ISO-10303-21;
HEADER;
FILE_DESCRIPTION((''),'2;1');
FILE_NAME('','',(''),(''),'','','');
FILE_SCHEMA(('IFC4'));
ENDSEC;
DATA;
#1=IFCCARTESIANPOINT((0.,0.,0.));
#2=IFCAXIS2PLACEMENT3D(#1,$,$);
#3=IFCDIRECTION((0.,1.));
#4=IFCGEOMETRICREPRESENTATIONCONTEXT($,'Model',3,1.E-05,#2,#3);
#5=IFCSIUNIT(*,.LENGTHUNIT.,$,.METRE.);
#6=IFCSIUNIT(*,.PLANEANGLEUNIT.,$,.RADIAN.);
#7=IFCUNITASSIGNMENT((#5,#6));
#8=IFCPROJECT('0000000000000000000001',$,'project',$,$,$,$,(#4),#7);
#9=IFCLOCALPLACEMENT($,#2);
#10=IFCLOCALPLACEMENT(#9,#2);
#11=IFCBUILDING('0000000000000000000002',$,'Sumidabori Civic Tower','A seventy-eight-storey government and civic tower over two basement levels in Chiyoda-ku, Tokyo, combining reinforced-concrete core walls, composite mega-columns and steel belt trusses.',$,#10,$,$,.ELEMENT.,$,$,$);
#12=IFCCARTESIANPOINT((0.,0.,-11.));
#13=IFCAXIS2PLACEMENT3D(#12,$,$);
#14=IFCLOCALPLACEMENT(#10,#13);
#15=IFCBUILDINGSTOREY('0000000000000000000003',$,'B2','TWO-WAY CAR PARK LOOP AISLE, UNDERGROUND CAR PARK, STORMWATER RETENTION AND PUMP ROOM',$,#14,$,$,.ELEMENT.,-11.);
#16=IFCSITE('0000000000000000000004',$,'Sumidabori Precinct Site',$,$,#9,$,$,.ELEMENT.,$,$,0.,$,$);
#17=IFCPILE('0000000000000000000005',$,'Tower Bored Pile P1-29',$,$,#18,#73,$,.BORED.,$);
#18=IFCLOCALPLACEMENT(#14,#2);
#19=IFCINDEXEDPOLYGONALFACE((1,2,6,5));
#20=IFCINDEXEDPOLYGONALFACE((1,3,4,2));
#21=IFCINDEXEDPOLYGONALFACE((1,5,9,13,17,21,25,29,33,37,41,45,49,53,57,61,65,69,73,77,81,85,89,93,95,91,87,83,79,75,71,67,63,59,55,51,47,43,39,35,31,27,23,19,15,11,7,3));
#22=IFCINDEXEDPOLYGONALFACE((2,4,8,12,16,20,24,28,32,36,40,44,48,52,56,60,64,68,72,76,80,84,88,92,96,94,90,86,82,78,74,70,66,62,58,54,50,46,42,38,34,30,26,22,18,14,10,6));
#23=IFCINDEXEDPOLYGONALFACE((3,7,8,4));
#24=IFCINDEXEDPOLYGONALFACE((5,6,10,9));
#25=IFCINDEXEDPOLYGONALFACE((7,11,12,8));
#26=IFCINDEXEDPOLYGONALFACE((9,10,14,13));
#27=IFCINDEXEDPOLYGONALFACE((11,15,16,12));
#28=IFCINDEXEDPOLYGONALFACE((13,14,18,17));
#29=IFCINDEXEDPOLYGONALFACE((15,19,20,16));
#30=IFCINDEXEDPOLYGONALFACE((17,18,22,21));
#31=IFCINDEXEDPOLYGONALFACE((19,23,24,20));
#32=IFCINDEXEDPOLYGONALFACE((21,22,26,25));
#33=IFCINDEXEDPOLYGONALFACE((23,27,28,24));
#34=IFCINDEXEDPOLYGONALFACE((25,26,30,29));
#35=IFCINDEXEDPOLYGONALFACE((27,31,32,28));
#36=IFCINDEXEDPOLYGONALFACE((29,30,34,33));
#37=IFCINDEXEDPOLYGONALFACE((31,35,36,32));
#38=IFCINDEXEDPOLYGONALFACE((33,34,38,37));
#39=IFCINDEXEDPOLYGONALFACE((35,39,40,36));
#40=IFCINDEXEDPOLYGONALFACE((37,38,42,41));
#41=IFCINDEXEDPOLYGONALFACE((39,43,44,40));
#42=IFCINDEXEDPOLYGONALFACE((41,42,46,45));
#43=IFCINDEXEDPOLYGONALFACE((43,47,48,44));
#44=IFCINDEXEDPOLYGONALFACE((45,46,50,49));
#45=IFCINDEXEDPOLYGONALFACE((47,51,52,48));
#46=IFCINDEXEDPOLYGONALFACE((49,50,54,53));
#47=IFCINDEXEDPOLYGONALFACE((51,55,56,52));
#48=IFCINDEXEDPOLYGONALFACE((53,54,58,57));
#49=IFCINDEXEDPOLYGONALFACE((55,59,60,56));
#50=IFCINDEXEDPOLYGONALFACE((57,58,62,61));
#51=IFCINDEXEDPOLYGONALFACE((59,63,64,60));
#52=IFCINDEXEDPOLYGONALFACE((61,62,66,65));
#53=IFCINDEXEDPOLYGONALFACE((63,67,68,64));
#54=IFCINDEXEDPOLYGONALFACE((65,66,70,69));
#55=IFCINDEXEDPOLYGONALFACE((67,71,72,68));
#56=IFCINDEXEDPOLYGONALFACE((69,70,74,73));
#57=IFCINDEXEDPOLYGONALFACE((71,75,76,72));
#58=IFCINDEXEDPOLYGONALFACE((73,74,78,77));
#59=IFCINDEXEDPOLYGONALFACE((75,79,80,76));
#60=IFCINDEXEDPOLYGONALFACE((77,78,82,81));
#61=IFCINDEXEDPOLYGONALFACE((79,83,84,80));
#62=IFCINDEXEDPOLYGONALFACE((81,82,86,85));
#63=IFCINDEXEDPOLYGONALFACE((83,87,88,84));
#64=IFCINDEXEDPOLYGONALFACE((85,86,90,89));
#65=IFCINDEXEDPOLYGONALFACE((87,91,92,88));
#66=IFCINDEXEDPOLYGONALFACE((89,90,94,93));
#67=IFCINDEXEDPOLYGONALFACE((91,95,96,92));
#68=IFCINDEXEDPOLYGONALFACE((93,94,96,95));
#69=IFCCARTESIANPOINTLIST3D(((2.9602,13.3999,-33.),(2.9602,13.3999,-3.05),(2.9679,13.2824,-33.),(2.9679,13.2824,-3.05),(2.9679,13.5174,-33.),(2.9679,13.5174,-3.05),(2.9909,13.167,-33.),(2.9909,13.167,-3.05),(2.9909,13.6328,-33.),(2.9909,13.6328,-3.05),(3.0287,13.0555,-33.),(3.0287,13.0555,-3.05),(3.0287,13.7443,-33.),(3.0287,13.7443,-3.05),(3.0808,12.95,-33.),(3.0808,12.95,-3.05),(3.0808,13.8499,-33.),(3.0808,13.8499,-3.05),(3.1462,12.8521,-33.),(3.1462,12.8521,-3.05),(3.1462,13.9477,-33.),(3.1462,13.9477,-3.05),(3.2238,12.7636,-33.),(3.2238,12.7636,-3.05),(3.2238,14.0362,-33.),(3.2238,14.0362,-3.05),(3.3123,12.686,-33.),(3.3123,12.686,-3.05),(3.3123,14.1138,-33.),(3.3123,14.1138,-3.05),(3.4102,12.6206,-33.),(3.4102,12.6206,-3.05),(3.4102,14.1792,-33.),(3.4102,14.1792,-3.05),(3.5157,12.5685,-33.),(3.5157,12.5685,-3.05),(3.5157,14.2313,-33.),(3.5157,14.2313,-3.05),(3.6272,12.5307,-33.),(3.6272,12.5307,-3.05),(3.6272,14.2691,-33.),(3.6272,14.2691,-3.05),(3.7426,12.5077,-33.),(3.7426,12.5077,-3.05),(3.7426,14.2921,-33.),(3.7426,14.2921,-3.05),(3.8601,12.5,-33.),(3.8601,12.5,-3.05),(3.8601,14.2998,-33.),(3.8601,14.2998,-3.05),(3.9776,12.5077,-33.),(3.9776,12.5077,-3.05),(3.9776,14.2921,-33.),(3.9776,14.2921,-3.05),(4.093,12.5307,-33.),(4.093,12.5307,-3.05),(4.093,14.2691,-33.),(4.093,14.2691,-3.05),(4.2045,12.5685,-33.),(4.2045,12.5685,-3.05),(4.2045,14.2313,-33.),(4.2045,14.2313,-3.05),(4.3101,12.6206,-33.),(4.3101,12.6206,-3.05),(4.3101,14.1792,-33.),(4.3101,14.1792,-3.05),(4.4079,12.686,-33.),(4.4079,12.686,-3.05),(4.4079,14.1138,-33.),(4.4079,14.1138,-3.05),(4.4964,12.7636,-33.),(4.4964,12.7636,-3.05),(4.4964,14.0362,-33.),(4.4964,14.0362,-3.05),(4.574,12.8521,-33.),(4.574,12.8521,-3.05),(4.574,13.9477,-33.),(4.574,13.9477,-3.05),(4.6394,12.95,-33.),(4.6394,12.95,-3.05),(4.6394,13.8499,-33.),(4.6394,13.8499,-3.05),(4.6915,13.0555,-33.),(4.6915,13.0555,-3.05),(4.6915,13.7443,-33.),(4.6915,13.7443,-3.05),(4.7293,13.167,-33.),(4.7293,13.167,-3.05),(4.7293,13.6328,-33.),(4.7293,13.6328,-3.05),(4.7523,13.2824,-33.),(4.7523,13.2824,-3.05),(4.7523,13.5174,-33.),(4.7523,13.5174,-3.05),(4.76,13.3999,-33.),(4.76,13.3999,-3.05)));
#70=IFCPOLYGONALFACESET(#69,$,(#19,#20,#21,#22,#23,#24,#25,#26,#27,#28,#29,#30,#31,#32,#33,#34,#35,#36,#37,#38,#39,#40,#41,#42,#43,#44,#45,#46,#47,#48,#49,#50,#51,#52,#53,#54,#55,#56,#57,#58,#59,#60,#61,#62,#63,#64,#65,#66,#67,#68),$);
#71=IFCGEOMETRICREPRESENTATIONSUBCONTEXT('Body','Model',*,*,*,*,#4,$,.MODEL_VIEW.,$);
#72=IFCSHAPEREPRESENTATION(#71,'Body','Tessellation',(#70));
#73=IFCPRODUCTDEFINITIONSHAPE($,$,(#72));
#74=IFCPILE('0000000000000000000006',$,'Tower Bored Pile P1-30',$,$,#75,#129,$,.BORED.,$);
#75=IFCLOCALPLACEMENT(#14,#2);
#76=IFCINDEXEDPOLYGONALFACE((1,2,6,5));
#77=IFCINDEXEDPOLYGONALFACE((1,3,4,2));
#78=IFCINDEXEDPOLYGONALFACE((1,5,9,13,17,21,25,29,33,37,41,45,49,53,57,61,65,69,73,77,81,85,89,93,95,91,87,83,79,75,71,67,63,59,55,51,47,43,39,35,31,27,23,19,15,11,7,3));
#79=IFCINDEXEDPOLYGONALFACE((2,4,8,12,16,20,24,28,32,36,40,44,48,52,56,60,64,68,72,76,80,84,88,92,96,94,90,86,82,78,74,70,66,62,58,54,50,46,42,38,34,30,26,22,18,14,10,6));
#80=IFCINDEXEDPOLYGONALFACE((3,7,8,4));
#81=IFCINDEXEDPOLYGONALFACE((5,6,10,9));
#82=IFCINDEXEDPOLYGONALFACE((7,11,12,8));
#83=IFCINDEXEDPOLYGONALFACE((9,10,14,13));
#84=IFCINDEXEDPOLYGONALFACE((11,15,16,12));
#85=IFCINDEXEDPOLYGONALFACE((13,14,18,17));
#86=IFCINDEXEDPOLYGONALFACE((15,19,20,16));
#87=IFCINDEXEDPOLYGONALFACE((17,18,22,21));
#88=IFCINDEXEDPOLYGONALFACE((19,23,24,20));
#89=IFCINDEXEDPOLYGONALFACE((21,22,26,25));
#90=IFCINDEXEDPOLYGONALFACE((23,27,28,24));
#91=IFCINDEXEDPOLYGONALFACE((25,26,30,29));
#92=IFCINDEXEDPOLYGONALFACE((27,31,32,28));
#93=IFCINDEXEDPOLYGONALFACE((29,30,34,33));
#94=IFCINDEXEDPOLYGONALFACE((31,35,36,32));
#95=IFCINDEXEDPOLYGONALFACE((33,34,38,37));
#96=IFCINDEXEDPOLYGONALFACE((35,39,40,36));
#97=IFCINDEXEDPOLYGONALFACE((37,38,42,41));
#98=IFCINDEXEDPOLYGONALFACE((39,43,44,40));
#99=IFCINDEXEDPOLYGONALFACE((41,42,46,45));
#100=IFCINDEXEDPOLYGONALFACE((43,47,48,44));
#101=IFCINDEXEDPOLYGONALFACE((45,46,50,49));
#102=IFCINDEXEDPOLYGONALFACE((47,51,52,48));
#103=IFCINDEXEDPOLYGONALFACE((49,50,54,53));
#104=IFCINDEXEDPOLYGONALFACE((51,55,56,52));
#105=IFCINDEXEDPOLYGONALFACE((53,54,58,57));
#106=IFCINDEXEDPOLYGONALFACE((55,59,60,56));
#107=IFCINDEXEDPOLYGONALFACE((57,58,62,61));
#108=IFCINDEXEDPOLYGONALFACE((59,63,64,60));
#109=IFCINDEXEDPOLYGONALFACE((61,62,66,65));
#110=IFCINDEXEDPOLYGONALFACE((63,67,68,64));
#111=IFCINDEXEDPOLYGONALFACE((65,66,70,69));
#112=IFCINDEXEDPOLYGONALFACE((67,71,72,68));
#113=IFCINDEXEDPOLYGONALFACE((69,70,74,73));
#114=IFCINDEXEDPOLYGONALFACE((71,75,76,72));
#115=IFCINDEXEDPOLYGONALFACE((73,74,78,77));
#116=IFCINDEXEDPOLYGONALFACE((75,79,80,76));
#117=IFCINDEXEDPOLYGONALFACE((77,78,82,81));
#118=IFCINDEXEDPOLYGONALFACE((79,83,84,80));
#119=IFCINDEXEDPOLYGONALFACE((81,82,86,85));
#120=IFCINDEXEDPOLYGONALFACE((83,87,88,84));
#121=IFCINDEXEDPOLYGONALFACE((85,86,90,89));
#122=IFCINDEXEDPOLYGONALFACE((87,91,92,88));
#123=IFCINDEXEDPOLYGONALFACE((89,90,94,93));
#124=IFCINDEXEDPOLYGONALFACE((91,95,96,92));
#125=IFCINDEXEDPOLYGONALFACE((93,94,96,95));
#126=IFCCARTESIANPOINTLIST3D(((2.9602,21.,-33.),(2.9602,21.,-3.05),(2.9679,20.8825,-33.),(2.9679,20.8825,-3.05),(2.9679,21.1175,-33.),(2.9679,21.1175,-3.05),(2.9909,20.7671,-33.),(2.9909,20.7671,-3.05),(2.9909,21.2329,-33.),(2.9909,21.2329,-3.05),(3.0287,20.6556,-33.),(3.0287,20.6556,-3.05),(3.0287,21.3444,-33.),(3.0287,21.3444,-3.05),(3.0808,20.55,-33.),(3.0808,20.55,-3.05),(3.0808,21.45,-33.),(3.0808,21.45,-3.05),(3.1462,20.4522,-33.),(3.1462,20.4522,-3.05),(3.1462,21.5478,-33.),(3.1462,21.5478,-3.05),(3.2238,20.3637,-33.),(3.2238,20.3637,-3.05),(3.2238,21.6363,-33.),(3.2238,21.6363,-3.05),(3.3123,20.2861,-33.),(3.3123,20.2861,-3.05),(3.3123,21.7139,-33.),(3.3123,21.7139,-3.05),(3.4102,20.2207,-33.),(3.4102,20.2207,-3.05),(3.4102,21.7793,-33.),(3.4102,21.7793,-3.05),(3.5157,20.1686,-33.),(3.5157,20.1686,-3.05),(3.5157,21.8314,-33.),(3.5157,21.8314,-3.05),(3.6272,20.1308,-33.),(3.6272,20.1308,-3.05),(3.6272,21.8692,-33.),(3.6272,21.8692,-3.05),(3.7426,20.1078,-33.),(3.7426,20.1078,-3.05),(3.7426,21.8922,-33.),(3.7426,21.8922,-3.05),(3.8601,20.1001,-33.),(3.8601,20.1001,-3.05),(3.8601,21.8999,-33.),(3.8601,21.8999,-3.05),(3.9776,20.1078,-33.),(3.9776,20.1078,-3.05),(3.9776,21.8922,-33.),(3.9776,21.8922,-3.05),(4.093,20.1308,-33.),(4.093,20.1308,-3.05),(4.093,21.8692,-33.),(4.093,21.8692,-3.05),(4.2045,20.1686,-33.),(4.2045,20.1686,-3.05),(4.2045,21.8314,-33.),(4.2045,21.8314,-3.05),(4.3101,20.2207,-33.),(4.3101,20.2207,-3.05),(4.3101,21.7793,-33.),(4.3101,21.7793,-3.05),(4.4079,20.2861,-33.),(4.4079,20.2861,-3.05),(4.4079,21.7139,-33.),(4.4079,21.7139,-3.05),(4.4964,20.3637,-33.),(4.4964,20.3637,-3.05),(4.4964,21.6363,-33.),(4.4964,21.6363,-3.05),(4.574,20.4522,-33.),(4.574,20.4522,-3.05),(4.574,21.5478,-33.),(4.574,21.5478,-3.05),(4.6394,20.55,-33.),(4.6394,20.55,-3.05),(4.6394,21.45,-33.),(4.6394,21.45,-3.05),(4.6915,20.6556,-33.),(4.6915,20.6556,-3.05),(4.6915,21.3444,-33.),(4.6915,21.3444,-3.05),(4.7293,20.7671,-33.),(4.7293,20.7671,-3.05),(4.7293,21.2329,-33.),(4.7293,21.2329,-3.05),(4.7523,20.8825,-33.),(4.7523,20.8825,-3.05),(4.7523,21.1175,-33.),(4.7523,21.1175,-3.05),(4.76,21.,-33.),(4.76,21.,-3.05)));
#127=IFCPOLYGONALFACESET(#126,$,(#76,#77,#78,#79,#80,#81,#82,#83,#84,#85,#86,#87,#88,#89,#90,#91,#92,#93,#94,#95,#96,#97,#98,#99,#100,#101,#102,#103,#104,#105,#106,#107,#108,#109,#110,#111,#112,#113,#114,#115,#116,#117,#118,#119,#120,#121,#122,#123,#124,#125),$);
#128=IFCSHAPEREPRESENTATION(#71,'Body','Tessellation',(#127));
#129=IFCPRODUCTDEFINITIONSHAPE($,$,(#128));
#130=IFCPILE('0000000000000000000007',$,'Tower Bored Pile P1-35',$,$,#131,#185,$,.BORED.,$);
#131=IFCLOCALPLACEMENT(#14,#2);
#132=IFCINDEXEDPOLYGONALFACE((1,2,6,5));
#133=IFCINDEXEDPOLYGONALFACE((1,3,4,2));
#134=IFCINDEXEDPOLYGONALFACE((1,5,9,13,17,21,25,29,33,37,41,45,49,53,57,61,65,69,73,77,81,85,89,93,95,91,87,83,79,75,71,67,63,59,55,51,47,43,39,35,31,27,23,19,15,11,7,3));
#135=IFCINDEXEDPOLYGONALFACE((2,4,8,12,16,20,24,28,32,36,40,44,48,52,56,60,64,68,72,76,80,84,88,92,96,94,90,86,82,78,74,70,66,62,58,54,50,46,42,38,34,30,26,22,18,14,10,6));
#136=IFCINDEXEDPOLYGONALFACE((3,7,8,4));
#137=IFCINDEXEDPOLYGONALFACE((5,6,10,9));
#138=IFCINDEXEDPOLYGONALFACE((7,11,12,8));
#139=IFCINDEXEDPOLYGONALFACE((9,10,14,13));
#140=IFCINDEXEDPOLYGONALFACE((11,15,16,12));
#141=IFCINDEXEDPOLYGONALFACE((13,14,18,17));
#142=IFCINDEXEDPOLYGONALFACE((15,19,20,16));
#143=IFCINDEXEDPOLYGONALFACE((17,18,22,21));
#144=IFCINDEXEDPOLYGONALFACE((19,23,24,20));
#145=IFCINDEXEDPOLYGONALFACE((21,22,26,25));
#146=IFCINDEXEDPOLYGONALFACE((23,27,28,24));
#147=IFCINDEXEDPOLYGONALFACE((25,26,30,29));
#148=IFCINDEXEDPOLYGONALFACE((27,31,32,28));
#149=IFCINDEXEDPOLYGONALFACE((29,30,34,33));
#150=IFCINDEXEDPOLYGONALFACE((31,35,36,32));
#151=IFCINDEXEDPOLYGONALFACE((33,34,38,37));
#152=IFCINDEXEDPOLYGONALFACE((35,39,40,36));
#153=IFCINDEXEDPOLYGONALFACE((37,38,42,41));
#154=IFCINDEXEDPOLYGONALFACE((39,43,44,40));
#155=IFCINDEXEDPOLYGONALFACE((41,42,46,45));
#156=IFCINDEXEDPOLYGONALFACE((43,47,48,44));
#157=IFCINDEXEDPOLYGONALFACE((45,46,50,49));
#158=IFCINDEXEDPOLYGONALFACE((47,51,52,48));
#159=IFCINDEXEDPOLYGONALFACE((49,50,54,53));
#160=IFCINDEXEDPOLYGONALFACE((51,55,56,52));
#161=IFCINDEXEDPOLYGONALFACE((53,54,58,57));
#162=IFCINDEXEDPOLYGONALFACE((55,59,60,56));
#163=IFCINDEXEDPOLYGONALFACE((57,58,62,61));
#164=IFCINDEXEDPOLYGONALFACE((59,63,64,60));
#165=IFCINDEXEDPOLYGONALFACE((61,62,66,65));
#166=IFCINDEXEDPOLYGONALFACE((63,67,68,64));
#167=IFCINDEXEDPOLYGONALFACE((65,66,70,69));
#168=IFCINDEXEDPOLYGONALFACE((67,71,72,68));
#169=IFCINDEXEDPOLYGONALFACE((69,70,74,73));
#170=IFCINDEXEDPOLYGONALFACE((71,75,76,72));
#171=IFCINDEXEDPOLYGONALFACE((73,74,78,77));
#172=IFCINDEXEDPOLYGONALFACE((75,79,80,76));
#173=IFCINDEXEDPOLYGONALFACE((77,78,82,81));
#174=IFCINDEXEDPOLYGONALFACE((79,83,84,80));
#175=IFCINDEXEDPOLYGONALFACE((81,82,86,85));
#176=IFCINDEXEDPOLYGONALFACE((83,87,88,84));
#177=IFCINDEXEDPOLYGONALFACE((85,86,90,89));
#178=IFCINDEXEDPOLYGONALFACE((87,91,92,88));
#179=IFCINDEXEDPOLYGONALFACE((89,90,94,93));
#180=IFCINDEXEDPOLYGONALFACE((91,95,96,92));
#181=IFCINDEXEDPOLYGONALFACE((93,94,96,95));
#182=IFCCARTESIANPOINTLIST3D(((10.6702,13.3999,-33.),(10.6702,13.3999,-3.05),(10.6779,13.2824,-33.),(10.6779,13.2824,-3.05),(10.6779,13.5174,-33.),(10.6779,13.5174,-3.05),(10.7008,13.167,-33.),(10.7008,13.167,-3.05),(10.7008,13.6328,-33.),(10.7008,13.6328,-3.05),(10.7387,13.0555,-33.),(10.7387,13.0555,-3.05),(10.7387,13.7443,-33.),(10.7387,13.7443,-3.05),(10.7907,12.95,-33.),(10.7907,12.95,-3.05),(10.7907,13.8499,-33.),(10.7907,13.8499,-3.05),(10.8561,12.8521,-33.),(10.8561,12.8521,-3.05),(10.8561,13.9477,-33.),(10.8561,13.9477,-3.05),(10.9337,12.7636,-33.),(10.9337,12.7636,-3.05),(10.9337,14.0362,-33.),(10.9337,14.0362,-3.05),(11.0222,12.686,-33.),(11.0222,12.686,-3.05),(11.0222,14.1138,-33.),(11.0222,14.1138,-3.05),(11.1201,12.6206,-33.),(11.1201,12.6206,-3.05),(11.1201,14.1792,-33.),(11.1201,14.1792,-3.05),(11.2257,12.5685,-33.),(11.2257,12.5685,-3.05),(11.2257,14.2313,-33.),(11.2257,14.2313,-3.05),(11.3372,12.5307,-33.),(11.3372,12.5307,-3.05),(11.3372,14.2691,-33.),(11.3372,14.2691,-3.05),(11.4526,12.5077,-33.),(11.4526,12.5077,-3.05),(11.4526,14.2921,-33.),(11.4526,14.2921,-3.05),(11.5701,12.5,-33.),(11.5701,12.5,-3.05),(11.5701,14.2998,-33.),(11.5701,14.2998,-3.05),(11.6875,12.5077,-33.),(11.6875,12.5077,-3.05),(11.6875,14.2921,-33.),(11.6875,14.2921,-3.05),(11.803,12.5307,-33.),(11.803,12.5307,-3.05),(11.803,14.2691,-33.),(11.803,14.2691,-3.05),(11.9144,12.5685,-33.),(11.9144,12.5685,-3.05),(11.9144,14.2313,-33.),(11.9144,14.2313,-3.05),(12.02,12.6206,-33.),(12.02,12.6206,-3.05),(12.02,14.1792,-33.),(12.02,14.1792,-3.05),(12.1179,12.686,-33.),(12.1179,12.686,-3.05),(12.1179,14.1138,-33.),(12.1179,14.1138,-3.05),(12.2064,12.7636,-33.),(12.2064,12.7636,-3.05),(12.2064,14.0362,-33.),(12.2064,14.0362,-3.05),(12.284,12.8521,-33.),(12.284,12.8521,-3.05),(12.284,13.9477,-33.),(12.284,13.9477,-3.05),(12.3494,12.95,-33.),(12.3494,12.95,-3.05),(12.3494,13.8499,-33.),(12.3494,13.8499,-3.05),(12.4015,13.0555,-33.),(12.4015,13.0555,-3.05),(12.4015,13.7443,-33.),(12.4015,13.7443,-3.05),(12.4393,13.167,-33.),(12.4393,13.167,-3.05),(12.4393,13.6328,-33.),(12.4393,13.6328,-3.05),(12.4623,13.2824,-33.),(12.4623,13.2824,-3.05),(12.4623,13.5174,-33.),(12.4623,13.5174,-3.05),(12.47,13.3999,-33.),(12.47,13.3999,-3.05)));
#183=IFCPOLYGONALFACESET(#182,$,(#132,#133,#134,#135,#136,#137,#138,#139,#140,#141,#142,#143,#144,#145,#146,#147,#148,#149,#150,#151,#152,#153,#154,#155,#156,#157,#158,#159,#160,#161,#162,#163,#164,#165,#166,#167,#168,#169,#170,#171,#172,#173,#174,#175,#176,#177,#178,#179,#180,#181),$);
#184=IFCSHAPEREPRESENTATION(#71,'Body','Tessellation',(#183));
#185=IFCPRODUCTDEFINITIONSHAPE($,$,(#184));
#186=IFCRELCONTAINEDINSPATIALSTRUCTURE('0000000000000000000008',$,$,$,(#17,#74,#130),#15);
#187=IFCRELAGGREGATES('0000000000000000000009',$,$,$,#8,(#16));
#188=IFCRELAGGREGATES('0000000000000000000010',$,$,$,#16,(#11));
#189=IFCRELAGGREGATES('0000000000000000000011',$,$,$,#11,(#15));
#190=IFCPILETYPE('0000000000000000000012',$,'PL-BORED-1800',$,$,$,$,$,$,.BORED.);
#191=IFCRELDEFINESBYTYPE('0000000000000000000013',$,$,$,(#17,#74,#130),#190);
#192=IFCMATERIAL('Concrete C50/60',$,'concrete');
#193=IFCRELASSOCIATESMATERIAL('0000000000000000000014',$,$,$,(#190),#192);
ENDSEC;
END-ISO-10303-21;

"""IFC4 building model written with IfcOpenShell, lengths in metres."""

from ifc_helpers import new_model, si_unit, direction, frame, origin, origin_2d, place, context, subcontext, project, spatial, circle, extrude, source, transform, mapped, material, material_profile, profile_set, type_object, element, save


model = new_model("IFC4")

# Units and contexts
model_context = context("Model", 3, precision=1e-05, world=origin(), true_north=direction((0.0, 1.0)))
body_context = subcontext(model_context, "Body", "Model", "MODEL_VIEW")
ifc_project = project(units=[si_unit("LENGTHUNIT", "METRE"), si_unit("PLANEANGLEUNIT", "RADIAN")], contexts=[model_context])

# Site, building, storey
site_placement = place(None, origin())
site = spatial("IfcSite", under=ifc_project, at=site_placement, Name="Sumidabori Precinct Site", CompositionType="ELEMENT", RefElevation=0.0)
building_placement = place(site_placement, origin())
building = spatial("IfcBuilding", under=site, at=building_placement, Name="Sumidabori Civic Tower", Description="A seventy-eight-storey government and civic tower over two basement levels in Chiyoda-ku, Tokyo, combining reinforced-concrete core walls, composite mega-columns and steel belt trusses.", CompositionType="ELEMENT")
storey_placement = place(building_placement, frame((0.0, 0.0, -11.0)))
storey = spatial("IfcBuildingStorey", under=building, at=storey_placement, Name="B2", Description="TWO-WAY CAR PARK LOOP AISLE, UNDERGROUND CAR PARK, STORMWATER RETENTION AND PUMP ROOM", CompositionType="ELEMENT", Elevation=-11.0)

# Piles
ifc_material_1 = material(Name="Concrete C50/60", Category="concrete")
ifc_material_profile_1 = material_profile(ifc_material_1, circle(Radius=0.8999, at=origin_2d()), Name="BORED PILE 1800")
ifc_profile_set_1 = profile_set([ifc_material_profile_1], Name="Concrete C50/60")
pile_type = type_object("IfcPileType", Name="PL-BORED-1800", PredefinedType="BORED", material=ifc_profile_set_1)
shared_shape_1 = source(origin(), body_context, "Body", "SweptSolid", [
    extrude(circle(Radius=0.8999, at=origin_2d()), origin(), (0.0, 0.0, 1.0), 29.95),
])
for number, where, z_axis, x_axis, name in (
    (1, (3.8601, 13.3999, -3.05), (0.0, 0.0, -1.0), (1.0, 0.0, 0.0), "Tower Bored Pile P1-29"),
    (2, (3.8601, 21.0, -3.05), (0.0, 0.0, -1.0), (1.0, 0.0, 0.0), "Tower Bored Pile P1-30"),
    (3, (11.5701, 13.3999, -3.05), (0.0, 0.0, -1.0), (1.0, 0.0, 0.0), "Tower Bored Pile P1-35"),
):
    element("IfcPile", number, at=place(storey_placement, frame(where, z_axis=z_axis, x_axis=x_axis)), inside=storey, type_object=pile_type, Name=name, PredefinedType="BORED", context=body_context, shape_type="MappedRepresentation", body=[
        mapped(shared_shape_1, transform((0.0, 0.0, 0.0), x_axis=(1.0, 0.0, 0.0), y_axis=(0.0, 1.0, 0.0), z_axis=(0.0, 0.0, 1.0), scale=1.0)),
    ])

save(model, "model.ifc")
